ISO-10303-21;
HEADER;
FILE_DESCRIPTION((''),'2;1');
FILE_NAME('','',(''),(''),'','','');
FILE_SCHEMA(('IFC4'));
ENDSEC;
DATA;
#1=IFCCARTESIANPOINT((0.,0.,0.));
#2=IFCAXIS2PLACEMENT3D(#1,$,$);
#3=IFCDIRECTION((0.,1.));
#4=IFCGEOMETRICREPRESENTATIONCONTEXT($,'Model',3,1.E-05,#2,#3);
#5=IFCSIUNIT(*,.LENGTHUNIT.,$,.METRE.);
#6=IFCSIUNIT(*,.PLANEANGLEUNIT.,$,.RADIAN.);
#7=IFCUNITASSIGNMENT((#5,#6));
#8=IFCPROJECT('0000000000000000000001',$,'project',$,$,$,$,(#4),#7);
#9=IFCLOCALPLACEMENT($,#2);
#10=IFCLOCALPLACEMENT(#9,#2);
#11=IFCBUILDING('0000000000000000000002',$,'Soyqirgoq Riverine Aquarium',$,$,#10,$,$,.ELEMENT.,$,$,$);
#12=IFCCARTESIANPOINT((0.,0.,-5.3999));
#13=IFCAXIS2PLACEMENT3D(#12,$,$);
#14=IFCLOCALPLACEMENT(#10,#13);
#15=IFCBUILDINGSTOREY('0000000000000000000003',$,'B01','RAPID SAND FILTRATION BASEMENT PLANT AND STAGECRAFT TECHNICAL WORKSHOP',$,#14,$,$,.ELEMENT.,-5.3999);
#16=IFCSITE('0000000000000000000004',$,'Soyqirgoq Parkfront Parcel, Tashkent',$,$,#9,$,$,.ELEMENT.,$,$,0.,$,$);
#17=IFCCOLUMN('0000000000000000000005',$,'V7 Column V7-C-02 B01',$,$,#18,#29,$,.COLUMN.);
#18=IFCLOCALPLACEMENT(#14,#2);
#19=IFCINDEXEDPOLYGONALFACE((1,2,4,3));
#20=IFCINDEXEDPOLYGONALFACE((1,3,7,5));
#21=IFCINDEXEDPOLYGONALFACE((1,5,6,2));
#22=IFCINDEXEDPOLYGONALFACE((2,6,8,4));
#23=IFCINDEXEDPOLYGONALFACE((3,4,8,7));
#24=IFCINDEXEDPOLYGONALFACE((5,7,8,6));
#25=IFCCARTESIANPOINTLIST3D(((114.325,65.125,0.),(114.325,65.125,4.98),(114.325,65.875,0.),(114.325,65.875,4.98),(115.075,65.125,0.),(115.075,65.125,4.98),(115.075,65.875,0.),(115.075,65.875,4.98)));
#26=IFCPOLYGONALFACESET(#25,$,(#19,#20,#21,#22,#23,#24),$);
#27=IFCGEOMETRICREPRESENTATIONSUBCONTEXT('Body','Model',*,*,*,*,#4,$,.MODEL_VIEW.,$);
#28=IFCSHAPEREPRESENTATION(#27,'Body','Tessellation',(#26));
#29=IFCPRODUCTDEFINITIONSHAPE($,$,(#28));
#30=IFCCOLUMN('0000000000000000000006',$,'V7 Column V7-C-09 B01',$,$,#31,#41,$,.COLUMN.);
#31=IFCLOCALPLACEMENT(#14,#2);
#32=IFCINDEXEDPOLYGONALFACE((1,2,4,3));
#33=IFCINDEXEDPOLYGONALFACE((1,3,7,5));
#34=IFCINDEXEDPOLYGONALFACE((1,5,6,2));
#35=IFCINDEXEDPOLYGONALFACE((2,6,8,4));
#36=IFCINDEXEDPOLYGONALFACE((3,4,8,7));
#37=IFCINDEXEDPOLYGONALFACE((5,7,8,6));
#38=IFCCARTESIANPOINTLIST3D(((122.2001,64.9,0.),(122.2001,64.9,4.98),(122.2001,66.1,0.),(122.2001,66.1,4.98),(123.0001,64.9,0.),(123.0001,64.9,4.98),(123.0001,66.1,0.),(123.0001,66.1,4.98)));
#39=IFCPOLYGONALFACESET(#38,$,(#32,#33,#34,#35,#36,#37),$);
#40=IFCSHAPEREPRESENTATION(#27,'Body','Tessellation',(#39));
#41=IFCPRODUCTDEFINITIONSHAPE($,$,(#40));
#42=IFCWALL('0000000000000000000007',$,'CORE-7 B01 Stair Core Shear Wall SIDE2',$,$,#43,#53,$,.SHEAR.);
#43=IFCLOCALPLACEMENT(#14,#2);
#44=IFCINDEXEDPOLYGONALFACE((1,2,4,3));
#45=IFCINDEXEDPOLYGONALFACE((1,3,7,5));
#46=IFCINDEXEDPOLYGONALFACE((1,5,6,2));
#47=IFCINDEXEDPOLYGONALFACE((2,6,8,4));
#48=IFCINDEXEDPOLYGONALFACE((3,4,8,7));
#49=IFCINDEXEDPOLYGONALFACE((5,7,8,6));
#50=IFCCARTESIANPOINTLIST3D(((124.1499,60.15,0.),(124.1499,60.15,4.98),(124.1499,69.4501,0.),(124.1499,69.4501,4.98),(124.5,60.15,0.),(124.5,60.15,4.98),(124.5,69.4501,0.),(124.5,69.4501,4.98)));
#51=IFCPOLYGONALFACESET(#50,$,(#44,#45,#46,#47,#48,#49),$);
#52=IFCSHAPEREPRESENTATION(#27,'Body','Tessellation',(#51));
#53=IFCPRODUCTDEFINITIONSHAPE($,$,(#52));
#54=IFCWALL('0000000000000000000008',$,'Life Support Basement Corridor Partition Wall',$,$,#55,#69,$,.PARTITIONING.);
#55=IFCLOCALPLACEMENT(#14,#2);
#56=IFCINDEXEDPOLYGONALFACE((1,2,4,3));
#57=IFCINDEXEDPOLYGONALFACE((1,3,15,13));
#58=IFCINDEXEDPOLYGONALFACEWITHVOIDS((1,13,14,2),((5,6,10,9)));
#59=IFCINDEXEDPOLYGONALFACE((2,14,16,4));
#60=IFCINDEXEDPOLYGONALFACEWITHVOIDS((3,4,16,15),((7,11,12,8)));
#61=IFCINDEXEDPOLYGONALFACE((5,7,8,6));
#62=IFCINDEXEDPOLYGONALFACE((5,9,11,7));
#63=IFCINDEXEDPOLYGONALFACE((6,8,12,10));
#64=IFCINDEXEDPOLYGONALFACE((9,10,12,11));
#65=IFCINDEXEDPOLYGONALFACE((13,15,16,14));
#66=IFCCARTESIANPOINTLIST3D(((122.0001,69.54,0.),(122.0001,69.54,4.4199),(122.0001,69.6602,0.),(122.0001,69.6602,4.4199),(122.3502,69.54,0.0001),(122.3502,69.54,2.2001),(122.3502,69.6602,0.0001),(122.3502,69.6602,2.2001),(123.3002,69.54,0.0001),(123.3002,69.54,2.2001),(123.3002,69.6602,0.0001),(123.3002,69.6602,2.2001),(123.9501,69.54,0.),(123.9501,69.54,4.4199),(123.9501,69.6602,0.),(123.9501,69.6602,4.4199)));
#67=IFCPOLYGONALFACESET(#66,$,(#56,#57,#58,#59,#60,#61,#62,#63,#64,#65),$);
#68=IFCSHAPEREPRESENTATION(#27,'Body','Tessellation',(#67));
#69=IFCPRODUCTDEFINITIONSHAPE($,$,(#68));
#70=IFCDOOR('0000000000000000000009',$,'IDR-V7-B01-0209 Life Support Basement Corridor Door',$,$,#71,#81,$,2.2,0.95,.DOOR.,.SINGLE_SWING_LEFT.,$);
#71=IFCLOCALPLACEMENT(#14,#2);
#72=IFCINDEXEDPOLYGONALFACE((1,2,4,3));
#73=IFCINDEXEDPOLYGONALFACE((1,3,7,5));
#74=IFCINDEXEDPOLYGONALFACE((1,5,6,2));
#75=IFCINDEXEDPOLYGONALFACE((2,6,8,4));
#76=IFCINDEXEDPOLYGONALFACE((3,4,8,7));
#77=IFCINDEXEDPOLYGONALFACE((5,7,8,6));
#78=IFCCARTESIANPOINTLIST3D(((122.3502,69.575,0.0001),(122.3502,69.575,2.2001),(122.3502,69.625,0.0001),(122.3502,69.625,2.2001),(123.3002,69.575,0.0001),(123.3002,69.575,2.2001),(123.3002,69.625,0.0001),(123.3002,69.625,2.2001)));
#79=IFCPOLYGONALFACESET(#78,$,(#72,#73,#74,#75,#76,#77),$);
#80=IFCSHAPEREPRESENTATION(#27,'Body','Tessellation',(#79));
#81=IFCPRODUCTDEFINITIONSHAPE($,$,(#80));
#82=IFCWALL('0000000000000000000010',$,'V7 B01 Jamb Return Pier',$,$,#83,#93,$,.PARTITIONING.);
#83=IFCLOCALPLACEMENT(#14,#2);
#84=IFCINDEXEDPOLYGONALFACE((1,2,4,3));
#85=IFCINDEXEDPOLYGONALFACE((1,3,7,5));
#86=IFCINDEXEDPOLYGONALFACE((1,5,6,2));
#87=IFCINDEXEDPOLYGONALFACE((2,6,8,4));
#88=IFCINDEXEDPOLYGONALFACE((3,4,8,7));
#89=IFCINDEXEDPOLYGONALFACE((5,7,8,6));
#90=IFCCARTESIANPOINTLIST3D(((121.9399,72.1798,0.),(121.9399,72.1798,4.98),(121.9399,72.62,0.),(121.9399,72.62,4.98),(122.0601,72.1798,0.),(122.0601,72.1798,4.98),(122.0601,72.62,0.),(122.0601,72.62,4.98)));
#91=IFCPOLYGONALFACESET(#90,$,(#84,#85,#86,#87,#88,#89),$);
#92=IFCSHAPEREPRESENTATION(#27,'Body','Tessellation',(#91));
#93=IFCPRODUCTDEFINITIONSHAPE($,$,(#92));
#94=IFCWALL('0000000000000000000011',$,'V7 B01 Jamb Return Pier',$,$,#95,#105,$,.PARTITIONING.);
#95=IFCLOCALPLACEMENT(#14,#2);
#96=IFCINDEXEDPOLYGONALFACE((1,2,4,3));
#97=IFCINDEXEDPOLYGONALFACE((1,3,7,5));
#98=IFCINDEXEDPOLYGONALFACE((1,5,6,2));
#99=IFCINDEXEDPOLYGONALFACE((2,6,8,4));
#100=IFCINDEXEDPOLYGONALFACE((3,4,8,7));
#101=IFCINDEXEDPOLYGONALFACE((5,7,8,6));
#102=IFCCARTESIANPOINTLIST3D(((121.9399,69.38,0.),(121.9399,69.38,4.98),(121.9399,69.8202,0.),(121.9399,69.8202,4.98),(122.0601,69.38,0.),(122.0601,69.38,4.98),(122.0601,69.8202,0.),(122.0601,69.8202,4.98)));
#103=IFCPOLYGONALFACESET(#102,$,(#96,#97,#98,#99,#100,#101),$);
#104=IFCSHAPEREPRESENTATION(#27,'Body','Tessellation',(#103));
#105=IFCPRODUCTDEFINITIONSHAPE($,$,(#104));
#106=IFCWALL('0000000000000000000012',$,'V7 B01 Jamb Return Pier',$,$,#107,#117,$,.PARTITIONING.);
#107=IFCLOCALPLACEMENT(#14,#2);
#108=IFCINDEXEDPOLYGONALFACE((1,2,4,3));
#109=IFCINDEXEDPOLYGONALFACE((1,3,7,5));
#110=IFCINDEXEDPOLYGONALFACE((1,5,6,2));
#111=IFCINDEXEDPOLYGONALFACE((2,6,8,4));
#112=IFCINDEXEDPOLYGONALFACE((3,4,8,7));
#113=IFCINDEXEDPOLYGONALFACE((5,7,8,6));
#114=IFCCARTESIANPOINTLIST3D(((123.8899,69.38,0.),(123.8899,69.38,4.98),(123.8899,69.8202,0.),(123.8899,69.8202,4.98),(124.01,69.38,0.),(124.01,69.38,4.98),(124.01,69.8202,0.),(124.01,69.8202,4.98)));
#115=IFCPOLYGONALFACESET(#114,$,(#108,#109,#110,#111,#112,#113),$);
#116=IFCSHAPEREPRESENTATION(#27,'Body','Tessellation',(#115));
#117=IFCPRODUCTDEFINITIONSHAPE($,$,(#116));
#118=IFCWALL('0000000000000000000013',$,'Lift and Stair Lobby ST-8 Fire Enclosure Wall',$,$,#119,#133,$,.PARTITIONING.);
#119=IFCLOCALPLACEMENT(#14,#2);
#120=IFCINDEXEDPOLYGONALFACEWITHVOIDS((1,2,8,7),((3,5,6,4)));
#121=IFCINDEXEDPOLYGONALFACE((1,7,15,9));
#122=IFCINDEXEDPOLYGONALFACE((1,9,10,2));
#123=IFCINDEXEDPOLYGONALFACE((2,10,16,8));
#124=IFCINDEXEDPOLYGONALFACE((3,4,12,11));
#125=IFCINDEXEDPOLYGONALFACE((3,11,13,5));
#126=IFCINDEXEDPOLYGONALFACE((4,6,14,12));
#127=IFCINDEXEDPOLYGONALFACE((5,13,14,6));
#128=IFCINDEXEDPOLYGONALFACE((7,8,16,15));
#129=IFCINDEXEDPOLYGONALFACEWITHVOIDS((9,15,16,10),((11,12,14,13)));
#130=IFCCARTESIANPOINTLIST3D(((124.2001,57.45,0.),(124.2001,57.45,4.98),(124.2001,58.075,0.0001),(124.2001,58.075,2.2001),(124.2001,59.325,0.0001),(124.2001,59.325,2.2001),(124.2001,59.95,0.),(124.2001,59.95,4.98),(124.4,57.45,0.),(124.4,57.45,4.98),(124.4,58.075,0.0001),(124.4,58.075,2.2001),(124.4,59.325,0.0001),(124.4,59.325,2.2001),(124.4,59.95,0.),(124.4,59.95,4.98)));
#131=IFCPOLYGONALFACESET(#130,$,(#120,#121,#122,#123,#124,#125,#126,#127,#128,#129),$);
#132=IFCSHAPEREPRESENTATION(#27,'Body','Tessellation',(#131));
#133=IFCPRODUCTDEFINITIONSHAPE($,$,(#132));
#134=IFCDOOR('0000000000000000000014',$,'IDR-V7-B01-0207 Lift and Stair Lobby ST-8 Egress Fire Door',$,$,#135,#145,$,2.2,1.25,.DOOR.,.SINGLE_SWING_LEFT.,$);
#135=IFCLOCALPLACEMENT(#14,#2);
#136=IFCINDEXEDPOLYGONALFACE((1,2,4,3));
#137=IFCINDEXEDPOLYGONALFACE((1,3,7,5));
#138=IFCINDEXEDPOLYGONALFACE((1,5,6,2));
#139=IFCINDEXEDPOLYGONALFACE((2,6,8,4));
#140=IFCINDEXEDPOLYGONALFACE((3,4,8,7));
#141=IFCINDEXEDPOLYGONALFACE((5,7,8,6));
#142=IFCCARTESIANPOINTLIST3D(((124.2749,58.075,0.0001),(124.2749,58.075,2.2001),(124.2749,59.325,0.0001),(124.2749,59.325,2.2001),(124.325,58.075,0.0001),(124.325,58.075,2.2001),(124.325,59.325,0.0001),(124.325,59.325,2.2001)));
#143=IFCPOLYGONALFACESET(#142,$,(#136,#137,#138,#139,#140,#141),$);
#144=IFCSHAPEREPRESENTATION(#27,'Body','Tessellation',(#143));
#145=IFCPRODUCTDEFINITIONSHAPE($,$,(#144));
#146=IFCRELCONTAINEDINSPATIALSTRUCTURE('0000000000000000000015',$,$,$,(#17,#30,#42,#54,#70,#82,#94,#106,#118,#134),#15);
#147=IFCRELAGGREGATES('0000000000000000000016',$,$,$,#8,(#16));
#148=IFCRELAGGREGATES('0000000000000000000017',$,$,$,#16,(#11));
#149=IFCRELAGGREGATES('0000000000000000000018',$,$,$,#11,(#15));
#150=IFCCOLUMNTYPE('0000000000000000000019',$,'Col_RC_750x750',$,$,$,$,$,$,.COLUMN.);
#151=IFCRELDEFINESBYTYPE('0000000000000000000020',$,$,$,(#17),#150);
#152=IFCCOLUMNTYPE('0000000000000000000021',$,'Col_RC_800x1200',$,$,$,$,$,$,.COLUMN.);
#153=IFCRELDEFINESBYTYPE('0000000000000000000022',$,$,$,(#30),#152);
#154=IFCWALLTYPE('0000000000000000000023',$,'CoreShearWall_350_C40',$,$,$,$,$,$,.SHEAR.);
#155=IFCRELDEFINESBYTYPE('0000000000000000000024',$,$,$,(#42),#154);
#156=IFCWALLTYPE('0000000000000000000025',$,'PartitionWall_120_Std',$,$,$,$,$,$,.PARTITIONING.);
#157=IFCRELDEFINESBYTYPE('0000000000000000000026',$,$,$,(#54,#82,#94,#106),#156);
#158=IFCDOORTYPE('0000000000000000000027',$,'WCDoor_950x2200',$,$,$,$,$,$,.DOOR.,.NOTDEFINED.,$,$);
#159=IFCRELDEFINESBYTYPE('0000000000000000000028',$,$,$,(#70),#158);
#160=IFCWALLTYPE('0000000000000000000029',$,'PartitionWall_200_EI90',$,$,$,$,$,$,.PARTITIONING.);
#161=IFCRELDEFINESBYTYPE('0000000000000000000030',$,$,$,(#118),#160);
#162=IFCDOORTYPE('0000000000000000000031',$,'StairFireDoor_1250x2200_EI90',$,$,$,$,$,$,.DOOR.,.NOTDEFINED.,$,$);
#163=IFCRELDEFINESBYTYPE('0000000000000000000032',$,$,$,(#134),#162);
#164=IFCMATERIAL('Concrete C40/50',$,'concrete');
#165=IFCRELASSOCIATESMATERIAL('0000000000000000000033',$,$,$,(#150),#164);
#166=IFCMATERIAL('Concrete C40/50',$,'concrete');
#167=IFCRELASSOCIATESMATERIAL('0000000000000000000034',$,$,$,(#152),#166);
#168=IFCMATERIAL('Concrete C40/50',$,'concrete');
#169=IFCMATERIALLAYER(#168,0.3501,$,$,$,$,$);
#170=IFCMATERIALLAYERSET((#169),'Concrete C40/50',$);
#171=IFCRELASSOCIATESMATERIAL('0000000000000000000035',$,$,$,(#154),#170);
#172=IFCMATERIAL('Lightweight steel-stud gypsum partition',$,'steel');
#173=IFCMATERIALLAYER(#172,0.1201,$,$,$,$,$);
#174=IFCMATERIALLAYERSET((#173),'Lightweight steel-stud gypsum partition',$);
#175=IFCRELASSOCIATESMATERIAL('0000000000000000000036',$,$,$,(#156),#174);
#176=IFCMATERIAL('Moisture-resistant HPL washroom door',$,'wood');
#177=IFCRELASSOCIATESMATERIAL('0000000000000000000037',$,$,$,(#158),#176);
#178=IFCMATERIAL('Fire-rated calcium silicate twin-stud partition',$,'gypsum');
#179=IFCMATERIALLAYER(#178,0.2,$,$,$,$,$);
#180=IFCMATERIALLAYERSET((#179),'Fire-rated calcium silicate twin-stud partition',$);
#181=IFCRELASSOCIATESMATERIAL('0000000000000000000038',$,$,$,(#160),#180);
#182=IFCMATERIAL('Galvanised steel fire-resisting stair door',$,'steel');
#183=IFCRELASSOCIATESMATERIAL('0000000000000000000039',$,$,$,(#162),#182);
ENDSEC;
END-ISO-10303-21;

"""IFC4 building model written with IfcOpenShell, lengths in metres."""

from ifc_helpers import new_model, si_unit, direction, frame, frame_2d, origin, origin_2d, place, context, subcontext, project, spatial, rectangle, extrude, material, layer, layer_set, material_profile, profile_set, type_object, element, fill, save


model = new_model("IFC4")

# Units and contexts
model_context = context("Model", 3, precision=1e-05, world=origin(), true_north=direction((0.0, 1.0)))
body_context = subcontext(model_context, "Body", "Model", "MODEL_VIEW")
ifc_project = project(units=[si_unit("LENGTHUNIT", "METRE"), si_unit("PLANEANGLEUNIT", "RADIAN")], contexts=[model_context])

# Site, building, storey
site_placement = place(None, origin())
site = spatial("IfcSite", under=ifc_project, at=site_placement, Name="Soyqirgoq Parkfront Parcel, Tashkent", CompositionType="ELEMENT", RefElevation=0.0)
building_placement = place(site_placement, origin())
building = spatial("IfcBuilding", under=site, at=building_placement, Name="Soyqirgoq Riverine Aquarium", CompositionType="ELEMENT")
storey_placement = place(building_placement, frame((0.0, 0.0, -5.3999)))
storey = spatial("IfcBuildingStorey", under=building, at=storey_placement, Name="B01", Description="RAPID SAND FILTRATION BASEMENT PLANT AND STAGECRAFT TECHNICAL WORKSHOP", CompositionType="ELEMENT", Elevation=-5.3999)

# Columns
ifc_material_1 = material(Name="Concrete C40/50", Category="concrete")
ifc_material_profile_1 = material_profile(ifc_material_1, rectangle(XDim=0.75, YDim=0.75, at=origin_2d()), Name="RC 750x750")
ifc_profile_set_1 = profile_set([ifc_material_profile_1], Name="Concrete C40/50")
column_type_1 = type_object("IfcColumnType", Name="Col_RC_750x750", PredefinedType="COLUMN", material=ifc_profile_set_1)
column_1_placement = place(storey_placement, frame((114.7, 65.5, 0.0), z_axis=(0.0, 0.0, 1.0), x_axis=(1.0, 0.0, 0.0)))
element("IfcColumn", 1, at=column_1_placement, inside=storey, type_object=column_type_1, Name="V7 Column V7-C-02 B01", PredefinedType="COLUMN", context=body_context, shape_type="SweptSolid", body=[
    extrude(rectangle(XDim=0.75, YDim=0.75, at=origin_2d()), origin(), (0.0, 0.0, 1.0), 4.98),
])
ifc_material_2 = material(Name="Concrete C40/50", Category="concrete")
ifc_material_profile_2 = material_profile(ifc_material_2, rectangle(XDim=0.8, YDim=1.2, at=origin_2d()), Name="RC-COL 800x1200")
ifc_profile_set_2 = profile_set([ifc_material_profile_2], Name="Concrete C40/50")
column_type_2 = type_object("IfcColumnType", Name="Col_RC_800x1200", PredefinedType="COLUMN", material=ifc_profile_set_2)
column_2_placement = place(storey_placement, frame((122.6001, 65.5, 0.0), z_axis=(0.0, 0.0, 1.0), x_axis=(1.0, 0.0, 0.0)))
element("IfcColumn", 2, at=column_2_placement, inside=storey, type_object=column_type_2, Name="V7 Column V7-C-09 B01", PredefinedType="COLUMN", context=body_context, shape_type="SweptSolid", body=[
    extrude(rectangle(XDim=0.8, YDim=1.2, at=origin_2d()), origin(), (0.0, 0.0, 1.0), 4.98),
])

# Wall
ifc_material_3 = material(Name="Concrete C40/50", Category="concrete")
ifc_layer_1 = layer(ifc_material_3, 0.3501)
ifc_layer_set_1 = layer_set([ifc_layer_1], Name="Concrete C40/50")
wall_type_1 = type_object("IfcWallType", Name="CoreShearWall_350_C40", PredefinedType="SHEAR", material=ifc_layer_set_1)
wall_1_placement = place(storey_placement, frame((124.325, 69.45, 0.0), z_axis=(0.0, 0.0, 1.0), x_axis=(0.0, -1.0, 0.0)))
element("IfcWall", 3, at=wall_1_placement, inside=storey, type_object=wall_type_1, Name="CORE-7 B01 Stair Core Shear Wall SIDE2", PredefinedType="SHEAR", context=body_context, shape_type="SweptSolid", body=[
    extrude(rectangle(XDim=9.3, YDim=0.3501, at=frame_2d((4.6499, 0.0))), origin(), (0.0, 0.0, 1.0), 4.98),
])

# Wall, opening, door
ifc_material_4 = material(Name="Lightweight steel-stud gypsum partition", Category="steel")
ifc_layer_2 = layer(ifc_material_4, 0.1201)
ifc_layer_set_2 = layer_set([ifc_layer_2], Name="Lightweight steel-stud gypsum partition")
wall_type_2 = type_object("IfcWallType", Name="PartitionWall_120_Std", PredefinedType="PARTITIONING", material=ifc_layer_set_2)
wall_2_placement = place(storey_placement, frame((122.0, 69.6001, 0.0), z_axis=(0.0, 0.0, 1.0), x_axis=(1.0, 0.0, 0.0)))
wall_2 = element("IfcWall", 4, at=wall_2_placement, inside=storey, type_object=wall_type_2, Name="Life Support Basement Corridor Partition Wall", PredefinedType="PARTITIONING", context=body_context, shape_type="SweptSolid", body=[
    extrude(rectangle(XDim=1.95, YDim=0.1201, at=frame_2d((0.9751, 0.0))), origin(), (0.0, 0.0, 1.0), 4.4199),
])
opening_1_placement = place(wall_2_placement, frame((0.3501, 0.0, 0.0)))
opening_1 = element("IfcOpeningElement", 5, at=opening_1_placement, cuts=wall_2, PredefinedType="OPENING", context=body_context, shape_type="SweptSolid", body=[
    extrude(rectangle(XDim=0.95, YDim=2.2, at=frame_2d((0.4751, 1.1001))), frame((0.0, 0.0701, 0.0), z_axis=(0.0, -1.0, 0.0), x_axis=(1.0, 0.0, 0.0)), (0.0, 0.0, 1.0), 0.1401),
])
ifc_material_5 = material(Name="Moisture-resistant HPL washroom door", Category="wood")
door_type_1 = type_object("IfcDoorType", Name="WCDoor_950x2200", OperationType="NOTDEFINED", PredefinedType="DOOR", material=ifc_material_5)
door_1_placement = place(opening_1_placement, origin())
door_1 = element("IfcDoor", 6, at=door_1_placement, inside=storey, type_object=door_type_1, Name="IDR-V7-B01-0209 Life Support Basement Corridor Door", OperationType="SINGLE_SWING_LEFT", OverallHeight=2.2, OverallWidth=0.95, PredefinedType="DOOR", context=body_context, shape_type="SweptSolid", body=[
    extrude(rectangle(XDim=0.95, YDim=2.2, at=frame_2d((0.4751, 1.1001))), frame((0.0, 0.0249, 0.0), z_axis=(0.0, -1.0, 0.0), x_axis=(1.0, 0.0, 0.0)), (0.0, 0.0, 1.0), 0.05),
])
fill(opening_1, door_1)

# Walls
for number, where, z_axis, x_axis, name in (
    (7, (122.0, 72.6201, 0.0), (0.0, 0.0, 1.0), (0.0, -1.0, 0.0), "V7 B01 Jamb Return Pier"),
    (8, (122.0, 69.3799, 0.0), (0.0, 0.0, 1.0), (0.0, 1.0, 0.0), "V7 B01 Jamb Return Pier"),
    (9, (123.95, 69.3799, 0.0), (0.0, 0.0, 1.0), (0.0, 1.0, 0.0), "V7 B01 Jamb Return Pier"),
):
    element("IfcWall", number, at=place(storey_placement, frame(where, z_axis=z_axis, x_axis=x_axis)), inside=storey, type_object=wall_type_2, Name=name, PredefinedType="PARTITIONING", context=body_context, shape_type="SweptSolid", body=[
        extrude(rectangle(XDim=0.4402, YDim=0.1201, at=frame_2d((0.2202, 0.0))), origin(), (0.0, 0.0, 1.0), 4.98),
    ])

# Wall, opening, door
ifc_material_6 = material(Name="Fire-rated calcium silicate twin-stud partition", Category="gypsum")
ifc_layer_3 = layer(ifc_material_6, 0.2)
ifc_layer_set_3 = layer_set([ifc_layer_3], Name="Fire-rated calcium silicate twin-stud partition")
wall_type_3 = type_object("IfcWallType", Name="PartitionWall_200_EI90", PredefinedType="PARTITIONING", material=ifc_layer_set_3)
wall_3_placement = place(storey_placement, frame((124.3, 59.95, 0.0), z_axis=(0.0, 0.0, 1.0), x_axis=(0.0, -1.0, 0.0)))
wall_3 = element("IfcWall", 10, at=wall_3_placement, inside=storey, type_object=wall_type_3, Name="Lift and Stair Lobby ST-8 Fire Enclosure Wall", PredefinedType="PARTITIONING", context=body_context, shape_type="SweptSolid", body=[
    extrude(rectangle(XDim=2.5, YDim=0.2, at=frame_2d((1.25, 0.0))), origin(), (0.0, 0.0, 1.0), 4.98),
])
opening_2_placement = place(wall_3_placement, frame((0.625, 0.0, 0.0)))
opening_2 = element("IfcOpeningElement", 11, at=opening_2_placement, cuts=wall_3, PredefinedType="OPENING", context=body_context, shape_type="SweptSolid", body=[
    extrude(rectangle(XDim=1.25, YDim=2.2, at=frame_2d((0.625, 1.1001))), frame((0.0, 0.1099, 0.0), z_axis=(0.0, -1.0, 0.0), x_axis=(1.0, 0.0, 0.0)), (0.0, 0.0, 1.0), 0.22),
])
ifc_material_7 = material(Name="Galvanised steel fire-resisting stair door", Category="steel")
door_type_2 = type_object("IfcDoorType", Name="StairFireDoor_1250x2200_EI90", OperationType="NOTDEFINED", PredefinedType="DOOR", material=ifc_material_7)
door_2_placement = place(opening_2_placement, origin())
door_2 = element("IfcDoor", 12, at=door_2_placement, inside=storey, type_object=door_type_2, Name="IDR-V7-B01-0207 Lift and Stair Lobby ST-8 Egress Fire Door", OperationType="SINGLE_SWING_LEFT", OverallHeight=2.2, OverallWidth=1.25, PredefinedType="DOOR", context=body_context, shape_type="SweptSolid", body=[
    extrude(rectangle(XDim=1.25, YDim=2.2, at=frame_2d((0.625, 1.1001))), frame((0.0, 0.0249, 0.0), z_axis=(0.0, -1.0, 0.0), x_axis=(1.0, 0.0, 0.0)), (0.0, 0.0, 1.0), 0.05),
])
fill(opening_2, door_2)

save(model, "model.ifc")
